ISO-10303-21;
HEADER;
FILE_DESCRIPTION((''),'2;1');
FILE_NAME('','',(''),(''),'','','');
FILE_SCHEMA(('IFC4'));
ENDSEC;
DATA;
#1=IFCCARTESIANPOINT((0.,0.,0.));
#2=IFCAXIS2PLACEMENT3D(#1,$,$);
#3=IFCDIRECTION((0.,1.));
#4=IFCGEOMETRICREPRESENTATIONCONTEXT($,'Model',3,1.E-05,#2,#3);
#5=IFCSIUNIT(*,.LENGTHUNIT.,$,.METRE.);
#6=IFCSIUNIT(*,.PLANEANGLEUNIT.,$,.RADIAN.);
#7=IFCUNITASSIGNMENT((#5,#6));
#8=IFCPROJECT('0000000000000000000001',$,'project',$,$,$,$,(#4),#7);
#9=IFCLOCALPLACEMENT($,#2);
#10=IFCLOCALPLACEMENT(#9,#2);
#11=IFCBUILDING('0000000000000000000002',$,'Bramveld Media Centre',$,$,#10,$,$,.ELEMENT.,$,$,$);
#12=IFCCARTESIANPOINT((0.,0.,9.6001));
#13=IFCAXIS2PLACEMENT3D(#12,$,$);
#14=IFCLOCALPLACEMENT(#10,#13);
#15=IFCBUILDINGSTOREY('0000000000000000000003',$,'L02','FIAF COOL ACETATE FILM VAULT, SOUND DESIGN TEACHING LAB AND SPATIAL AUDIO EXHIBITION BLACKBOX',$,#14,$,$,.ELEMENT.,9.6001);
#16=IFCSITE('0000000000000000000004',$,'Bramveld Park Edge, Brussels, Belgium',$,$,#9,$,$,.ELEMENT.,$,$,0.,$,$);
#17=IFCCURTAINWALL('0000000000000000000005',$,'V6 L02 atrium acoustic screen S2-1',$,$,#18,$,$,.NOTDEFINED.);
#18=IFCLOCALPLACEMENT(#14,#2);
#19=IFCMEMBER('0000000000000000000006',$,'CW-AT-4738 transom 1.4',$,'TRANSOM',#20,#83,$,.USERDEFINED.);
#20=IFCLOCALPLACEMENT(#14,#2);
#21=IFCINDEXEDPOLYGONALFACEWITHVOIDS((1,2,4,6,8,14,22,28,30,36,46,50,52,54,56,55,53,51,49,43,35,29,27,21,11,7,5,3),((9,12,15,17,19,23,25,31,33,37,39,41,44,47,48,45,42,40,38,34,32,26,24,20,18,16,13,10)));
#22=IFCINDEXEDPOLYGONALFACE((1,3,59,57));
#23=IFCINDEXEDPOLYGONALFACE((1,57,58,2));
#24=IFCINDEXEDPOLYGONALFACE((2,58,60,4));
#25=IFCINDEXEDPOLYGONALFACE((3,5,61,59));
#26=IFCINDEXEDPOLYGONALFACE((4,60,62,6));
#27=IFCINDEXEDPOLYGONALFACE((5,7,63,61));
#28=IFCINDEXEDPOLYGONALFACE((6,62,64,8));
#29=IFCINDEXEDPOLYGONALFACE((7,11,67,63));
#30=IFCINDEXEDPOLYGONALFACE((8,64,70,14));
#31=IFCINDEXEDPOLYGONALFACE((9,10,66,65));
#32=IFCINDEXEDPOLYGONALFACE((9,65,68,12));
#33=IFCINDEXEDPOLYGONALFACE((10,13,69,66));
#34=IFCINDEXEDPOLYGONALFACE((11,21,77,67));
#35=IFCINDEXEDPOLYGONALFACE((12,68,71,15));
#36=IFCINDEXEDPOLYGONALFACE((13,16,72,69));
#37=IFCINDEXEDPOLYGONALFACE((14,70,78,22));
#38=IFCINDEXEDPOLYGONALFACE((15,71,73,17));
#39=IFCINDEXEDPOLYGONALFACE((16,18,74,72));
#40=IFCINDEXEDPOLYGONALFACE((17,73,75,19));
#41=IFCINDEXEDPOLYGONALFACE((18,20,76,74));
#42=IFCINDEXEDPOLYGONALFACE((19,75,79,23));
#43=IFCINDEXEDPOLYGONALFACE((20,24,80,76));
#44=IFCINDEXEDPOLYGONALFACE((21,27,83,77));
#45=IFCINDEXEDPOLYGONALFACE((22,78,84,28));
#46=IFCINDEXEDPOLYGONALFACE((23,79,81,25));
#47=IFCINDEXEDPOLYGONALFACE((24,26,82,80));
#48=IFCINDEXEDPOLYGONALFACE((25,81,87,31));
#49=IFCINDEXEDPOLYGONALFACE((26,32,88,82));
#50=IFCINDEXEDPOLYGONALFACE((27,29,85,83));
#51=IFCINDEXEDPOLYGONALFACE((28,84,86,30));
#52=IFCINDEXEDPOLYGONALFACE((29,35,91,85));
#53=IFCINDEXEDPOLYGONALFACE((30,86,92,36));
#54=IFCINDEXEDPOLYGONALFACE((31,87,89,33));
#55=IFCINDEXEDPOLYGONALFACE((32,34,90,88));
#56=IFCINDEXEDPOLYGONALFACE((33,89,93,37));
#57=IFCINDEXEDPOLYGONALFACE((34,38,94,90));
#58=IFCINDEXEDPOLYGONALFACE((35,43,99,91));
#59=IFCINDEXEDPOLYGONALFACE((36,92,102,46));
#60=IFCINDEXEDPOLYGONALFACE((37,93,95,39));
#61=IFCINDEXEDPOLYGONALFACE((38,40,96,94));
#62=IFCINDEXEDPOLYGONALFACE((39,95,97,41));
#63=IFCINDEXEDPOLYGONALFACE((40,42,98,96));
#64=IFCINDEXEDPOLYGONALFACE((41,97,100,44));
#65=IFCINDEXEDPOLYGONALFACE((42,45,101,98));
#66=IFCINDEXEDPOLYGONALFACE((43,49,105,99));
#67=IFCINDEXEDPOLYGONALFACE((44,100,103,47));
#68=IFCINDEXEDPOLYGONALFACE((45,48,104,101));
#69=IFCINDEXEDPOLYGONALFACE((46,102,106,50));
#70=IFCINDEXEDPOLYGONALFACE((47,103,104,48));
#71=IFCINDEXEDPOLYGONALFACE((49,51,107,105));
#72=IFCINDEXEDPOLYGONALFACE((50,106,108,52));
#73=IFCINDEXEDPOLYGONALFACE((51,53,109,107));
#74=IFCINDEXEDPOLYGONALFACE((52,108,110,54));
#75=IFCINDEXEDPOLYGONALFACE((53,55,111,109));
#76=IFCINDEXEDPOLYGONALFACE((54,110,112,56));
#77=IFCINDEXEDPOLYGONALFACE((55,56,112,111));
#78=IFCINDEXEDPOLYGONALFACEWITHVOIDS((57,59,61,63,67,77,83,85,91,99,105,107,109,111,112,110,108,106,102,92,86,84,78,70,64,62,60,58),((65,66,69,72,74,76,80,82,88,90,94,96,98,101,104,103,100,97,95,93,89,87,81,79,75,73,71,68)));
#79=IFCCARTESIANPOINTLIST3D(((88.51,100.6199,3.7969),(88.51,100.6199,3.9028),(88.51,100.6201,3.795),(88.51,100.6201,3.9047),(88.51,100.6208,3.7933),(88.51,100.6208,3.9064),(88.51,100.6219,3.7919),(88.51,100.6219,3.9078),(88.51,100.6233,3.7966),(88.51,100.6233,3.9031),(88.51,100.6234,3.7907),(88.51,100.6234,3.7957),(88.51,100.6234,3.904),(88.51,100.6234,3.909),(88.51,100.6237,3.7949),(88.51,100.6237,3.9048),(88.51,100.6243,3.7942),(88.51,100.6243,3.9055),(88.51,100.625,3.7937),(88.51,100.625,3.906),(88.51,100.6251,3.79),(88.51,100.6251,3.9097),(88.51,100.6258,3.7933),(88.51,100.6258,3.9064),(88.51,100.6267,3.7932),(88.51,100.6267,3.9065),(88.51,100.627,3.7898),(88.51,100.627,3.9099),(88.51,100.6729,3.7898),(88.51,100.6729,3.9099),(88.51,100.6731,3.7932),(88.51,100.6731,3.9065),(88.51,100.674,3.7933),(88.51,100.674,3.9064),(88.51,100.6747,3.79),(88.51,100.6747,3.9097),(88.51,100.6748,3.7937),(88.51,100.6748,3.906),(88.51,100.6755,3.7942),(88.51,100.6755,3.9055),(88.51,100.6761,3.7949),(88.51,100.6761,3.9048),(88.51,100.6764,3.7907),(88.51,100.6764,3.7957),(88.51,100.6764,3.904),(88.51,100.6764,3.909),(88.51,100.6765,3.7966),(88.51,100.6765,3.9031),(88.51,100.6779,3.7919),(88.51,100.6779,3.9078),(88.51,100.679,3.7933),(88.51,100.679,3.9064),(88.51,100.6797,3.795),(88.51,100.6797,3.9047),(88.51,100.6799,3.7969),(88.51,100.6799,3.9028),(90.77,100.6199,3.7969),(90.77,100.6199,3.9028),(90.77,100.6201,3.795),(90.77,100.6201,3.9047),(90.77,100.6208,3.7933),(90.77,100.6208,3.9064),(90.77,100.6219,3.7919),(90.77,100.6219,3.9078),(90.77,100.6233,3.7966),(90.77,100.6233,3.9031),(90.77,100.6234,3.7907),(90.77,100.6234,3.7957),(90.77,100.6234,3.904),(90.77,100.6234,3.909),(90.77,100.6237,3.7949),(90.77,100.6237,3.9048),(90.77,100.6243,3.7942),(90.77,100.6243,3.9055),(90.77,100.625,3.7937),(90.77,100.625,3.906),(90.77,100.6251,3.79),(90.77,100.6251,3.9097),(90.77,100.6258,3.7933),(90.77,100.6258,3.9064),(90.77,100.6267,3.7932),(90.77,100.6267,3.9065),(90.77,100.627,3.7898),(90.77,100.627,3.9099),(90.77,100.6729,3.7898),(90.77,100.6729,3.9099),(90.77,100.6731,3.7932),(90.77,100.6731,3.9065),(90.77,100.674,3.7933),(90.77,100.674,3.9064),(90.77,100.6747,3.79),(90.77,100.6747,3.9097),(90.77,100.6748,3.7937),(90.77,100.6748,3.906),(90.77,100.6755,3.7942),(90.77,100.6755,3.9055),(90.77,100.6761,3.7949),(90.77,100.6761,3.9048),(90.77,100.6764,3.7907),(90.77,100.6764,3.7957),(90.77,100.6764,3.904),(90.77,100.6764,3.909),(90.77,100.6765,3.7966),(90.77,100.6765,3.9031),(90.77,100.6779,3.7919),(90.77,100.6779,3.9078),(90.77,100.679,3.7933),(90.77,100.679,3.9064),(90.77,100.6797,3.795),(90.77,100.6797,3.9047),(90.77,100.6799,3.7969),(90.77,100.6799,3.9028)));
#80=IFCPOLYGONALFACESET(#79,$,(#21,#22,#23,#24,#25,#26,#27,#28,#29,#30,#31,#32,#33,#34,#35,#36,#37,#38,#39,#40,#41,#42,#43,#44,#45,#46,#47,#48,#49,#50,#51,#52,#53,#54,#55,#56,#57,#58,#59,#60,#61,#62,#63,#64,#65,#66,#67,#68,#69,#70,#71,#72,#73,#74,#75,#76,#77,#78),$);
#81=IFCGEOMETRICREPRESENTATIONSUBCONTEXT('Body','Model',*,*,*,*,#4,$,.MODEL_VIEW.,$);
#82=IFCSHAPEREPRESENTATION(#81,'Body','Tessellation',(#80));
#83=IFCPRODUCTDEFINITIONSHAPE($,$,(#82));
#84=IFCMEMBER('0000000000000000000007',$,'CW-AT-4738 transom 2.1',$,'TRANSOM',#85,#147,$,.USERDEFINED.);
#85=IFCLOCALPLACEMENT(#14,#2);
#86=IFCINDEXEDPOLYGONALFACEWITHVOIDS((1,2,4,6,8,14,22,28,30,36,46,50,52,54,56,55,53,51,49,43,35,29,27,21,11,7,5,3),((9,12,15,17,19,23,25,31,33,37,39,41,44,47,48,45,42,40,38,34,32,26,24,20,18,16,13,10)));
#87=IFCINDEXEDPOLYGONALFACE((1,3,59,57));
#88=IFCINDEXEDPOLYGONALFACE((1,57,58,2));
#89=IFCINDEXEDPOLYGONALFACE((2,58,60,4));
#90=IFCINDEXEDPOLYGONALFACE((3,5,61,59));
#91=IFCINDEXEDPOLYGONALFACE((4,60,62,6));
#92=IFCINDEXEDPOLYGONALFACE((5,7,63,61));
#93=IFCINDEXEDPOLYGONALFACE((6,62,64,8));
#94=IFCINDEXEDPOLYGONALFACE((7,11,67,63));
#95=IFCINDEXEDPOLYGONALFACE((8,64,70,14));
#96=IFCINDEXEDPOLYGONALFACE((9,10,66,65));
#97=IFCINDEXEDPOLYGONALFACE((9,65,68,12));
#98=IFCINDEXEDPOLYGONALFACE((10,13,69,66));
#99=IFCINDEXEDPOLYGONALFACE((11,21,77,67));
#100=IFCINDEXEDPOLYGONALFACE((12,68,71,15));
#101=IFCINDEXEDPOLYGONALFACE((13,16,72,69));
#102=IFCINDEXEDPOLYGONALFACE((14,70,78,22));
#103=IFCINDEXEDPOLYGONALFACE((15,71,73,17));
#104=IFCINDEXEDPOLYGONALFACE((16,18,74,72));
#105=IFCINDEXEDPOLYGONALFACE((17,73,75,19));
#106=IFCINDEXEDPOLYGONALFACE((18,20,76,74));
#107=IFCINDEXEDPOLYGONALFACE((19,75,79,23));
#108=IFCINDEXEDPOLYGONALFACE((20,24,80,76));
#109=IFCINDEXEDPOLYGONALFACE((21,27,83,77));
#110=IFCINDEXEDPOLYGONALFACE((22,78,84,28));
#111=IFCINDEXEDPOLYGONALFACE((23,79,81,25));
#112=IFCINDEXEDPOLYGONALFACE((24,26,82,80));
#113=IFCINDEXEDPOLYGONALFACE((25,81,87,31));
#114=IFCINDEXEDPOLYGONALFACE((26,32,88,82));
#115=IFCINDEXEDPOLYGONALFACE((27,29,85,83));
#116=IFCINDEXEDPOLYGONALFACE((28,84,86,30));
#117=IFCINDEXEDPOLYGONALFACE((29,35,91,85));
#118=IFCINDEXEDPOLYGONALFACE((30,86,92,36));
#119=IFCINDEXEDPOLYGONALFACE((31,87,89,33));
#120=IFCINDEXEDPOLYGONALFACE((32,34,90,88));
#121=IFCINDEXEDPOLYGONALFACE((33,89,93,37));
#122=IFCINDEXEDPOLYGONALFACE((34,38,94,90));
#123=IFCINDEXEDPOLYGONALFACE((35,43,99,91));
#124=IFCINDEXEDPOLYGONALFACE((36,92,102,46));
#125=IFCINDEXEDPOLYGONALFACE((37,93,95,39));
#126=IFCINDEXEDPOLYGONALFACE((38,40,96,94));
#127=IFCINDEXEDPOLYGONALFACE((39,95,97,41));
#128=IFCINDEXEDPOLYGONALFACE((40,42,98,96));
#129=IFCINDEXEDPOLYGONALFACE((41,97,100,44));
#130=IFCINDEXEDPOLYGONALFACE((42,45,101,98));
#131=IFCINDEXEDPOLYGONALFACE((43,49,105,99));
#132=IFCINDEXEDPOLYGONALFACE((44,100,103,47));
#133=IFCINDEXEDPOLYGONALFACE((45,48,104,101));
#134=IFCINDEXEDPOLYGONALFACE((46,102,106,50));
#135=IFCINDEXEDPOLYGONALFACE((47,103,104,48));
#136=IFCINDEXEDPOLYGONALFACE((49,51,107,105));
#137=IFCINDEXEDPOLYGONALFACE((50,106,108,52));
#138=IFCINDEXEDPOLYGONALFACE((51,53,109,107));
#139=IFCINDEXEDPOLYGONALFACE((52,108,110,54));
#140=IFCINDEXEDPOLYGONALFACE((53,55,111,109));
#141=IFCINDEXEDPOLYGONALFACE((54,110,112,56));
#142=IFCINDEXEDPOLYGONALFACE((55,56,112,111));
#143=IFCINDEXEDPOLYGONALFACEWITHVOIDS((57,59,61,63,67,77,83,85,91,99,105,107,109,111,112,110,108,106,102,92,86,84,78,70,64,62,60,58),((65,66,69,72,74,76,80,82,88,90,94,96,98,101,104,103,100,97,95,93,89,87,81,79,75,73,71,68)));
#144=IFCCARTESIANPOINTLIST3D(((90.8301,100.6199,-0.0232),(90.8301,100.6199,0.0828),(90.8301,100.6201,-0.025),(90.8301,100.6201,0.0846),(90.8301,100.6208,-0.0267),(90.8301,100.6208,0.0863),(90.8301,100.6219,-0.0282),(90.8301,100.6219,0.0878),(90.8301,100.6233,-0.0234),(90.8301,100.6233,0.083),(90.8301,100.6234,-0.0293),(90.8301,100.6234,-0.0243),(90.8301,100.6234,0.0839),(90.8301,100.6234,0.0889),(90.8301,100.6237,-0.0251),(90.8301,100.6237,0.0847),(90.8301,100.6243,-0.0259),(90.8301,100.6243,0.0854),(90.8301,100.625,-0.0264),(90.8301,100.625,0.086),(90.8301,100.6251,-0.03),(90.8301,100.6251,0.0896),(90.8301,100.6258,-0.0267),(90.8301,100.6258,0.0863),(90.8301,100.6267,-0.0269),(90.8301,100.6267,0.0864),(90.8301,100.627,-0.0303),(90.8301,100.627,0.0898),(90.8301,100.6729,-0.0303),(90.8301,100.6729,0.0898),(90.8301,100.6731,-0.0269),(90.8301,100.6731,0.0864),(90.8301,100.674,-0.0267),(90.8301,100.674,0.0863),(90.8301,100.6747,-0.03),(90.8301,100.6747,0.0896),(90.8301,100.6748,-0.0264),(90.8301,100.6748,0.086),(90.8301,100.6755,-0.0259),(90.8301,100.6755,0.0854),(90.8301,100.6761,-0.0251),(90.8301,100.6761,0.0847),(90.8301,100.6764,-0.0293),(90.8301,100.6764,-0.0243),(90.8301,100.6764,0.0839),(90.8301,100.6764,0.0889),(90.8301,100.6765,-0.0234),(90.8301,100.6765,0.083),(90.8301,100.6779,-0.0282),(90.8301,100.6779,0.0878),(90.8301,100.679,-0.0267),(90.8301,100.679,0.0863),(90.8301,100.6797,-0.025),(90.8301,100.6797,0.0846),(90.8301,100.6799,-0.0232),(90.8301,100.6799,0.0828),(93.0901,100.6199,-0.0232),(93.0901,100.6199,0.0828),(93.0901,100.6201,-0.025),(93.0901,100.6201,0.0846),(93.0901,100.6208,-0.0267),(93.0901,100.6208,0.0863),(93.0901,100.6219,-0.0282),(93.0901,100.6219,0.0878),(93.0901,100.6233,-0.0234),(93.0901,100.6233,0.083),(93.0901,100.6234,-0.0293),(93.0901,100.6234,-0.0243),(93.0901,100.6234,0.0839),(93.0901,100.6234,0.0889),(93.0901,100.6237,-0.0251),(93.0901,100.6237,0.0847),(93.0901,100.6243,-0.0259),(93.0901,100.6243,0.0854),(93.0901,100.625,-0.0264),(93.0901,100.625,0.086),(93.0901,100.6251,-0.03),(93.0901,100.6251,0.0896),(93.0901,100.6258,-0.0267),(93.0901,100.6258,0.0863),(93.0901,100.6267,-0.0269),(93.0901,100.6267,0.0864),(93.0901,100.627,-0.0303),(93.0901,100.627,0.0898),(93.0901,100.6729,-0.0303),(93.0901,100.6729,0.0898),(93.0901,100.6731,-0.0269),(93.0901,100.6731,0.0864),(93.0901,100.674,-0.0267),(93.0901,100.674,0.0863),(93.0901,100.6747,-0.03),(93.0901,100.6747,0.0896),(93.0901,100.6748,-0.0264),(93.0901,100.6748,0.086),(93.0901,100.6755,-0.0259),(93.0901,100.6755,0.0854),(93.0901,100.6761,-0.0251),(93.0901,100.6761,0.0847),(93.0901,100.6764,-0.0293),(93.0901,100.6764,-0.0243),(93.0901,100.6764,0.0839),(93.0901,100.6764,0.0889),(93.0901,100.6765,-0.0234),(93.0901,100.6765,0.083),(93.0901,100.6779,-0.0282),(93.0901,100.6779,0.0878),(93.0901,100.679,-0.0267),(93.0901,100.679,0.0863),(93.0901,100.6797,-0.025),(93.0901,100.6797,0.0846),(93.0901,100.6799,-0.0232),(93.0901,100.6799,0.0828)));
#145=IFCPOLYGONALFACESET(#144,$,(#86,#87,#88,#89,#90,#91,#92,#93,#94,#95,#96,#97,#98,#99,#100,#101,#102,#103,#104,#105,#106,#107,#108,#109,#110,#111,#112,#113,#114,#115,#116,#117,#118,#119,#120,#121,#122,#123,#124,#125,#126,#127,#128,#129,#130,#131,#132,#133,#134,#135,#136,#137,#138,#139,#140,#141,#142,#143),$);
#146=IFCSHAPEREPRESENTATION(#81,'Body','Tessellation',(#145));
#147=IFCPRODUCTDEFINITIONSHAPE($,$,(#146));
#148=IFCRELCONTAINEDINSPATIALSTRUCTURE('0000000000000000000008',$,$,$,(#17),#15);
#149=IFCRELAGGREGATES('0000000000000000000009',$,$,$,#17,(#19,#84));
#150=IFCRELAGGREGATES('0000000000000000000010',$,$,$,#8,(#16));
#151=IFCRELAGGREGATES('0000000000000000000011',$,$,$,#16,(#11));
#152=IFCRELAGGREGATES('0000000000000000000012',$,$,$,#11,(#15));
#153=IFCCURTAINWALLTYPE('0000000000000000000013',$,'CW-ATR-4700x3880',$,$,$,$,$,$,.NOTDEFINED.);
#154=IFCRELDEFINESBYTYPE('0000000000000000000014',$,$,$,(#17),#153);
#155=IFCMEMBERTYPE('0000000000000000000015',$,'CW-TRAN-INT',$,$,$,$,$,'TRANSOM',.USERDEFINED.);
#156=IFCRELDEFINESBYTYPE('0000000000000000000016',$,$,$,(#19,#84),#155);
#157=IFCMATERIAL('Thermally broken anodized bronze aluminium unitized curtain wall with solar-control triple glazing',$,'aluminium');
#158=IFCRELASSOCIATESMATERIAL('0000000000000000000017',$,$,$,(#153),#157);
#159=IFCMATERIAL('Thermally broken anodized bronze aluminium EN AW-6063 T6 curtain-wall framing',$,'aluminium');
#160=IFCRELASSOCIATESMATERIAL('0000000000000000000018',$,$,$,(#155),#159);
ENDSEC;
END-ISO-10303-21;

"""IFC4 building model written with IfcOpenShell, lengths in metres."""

from ifc_helpers import new_model, si_unit, direction, frame, origin, origin_2d, place, context, subcontext, project, spatial, hollow_rectangle, extrude, material, material_profile, profile_set, type_object, element, aggregate, save


model = new_model("IFC4")

# Units and contexts
model_context = context("Model", 3, precision=1e-05, world=origin(), true_north=direction((0.0, 1.0)))
body_context = subcontext(model_context, "Body", "Model", "MODEL_VIEW")
ifc_project = project(units=[si_unit("LENGTHUNIT", "METRE"), si_unit("PLANEANGLEUNIT", "RADIAN")], contexts=[model_context])

# Site, building, storey
site_placement = place(None, origin())
site = spatial("IfcSite", under=ifc_project, at=site_placement, Name="Bramveld Park Edge, Brussels, Belgium", CompositionType="ELEMENT", RefElevation=0.0)
building_placement = place(site_placement, origin())
building = spatial("IfcBuilding", under=site, at=building_placement, Name="Bramveld Media Centre", CompositionType="ELEMENT")
storey_placement = place(building_placement, frame((0.0, 0.0, 9.6001)))
storey = spatial("IfcBuildingStorey", under=building, at=storey_placement, Name="L02", Description="FIAF COOL ACETATE FILM VAULT, SOUND DESIGN TEACHING LAB AND SPATIAL AUDIO EXHIBITION BLACKBOX", CompositionType="ELEMENT", Elevation=9.6001)

# Curtain wall
ifc_material_1 = material(Name="Thermally broken anodized bronze aluminium unitized curtain wall with solar-control triple glazing", Category="aluminium")
curtain_wall_type_1 = type_object("IfcCurtainWallType", Name="CW-ATR-4700x3880", PredefinedType="NOTDEFINED", material=ifc_material_1)
curtain_wall_1_placement = place(storey_placement, origin())
curtain_wall_1 = element("IfcCurtainWall", 1, at=curtain_wall_1_placement, inside=storey, type_object=curtain_wall_type_1, Name="V6 L02 atrium acoustic screen S2-1", PredefinedType="NOTDEFINED")

# Members
ifc_material_2 = material(Name="Thermally broken anodized bronze aluminium EN AW-6063 T6 curtain-wall framing", Category="aluminium")
ifc_material_profile_1 = material_profile(ifc_material_2, hollow_rectangle(XDim=0.0601, YDim=0.1201, WallThickness=0.0034, InnerFilletRadius=0.0034, OuterFilletRadius=0.0071, at=origin_2d()), Name="AL-TRAN 60x120")
ifc_profile_set_1 = profile_set([ifc_material_profile_1], Name="Thermally broken anodized bronze aluminium EN AW-6063 T6 curtain-wall framing")
member_type_1 = type_object("IfcMemberType", Name="CW-TRAN-INT", ElementType="TRANSOM", PredefinedType="USERDEFINED", material=ifc_profile_set_1)
member_1_placement = place(storey_placement, frame((88.51, 100.6499, 3.8499), z_axis=(1.0, 0.0, 0.0), x_axis=(0.0, 1.0, 0.0)))
member_1 = element("IfcMember", 2, at=member_1_placement, type_object=member_type_1, Name="CW-AT-4738 transom 1.4", ObjectType="TRANSOM", PredefinedType="USERDEFINED", context=body_context, shape_type="SweptSolid", body=[
    extrude(hollow_rectangle(XDim=0.0601, YDim=0.1201, WallThickness=0.0034, InnerFilletRadius=0.0034, OuterFilletRadius=0.0071, at=origin_2d()), origin(), (0.0, 0.0, 1.0), 2.26),
])
member_2_placement = place(storey_placement, frame((90.8301, 100.6499, 0.0298), z_axis=(1.0, 0.0, 0.0), x_axis=(0.0, 1.0, 0.0)))
member_2 = element("IfcMember", 3, at=member_2_placement, type_object=member_type_1, Name="CW-AT-4738 transom 2.1", ObjectType="TRANSOM", PredefinedType="USERDEFINED", context=body_context, shape_type="SweptSolid", body=[
    extrude(hollow_rectangle(XDim=0.0601, YDim=0.1201, WallThickness=0.0034, InnerFilletRadius=0.0034, OuterFilletRadius=0.0071, at=origin_2d()), origin(), (0.0, 0.0, 1.0), 2.26),
])

aggregate(curtain_wall_1, [member_1, member_2])

save(model, "model.ifc")
